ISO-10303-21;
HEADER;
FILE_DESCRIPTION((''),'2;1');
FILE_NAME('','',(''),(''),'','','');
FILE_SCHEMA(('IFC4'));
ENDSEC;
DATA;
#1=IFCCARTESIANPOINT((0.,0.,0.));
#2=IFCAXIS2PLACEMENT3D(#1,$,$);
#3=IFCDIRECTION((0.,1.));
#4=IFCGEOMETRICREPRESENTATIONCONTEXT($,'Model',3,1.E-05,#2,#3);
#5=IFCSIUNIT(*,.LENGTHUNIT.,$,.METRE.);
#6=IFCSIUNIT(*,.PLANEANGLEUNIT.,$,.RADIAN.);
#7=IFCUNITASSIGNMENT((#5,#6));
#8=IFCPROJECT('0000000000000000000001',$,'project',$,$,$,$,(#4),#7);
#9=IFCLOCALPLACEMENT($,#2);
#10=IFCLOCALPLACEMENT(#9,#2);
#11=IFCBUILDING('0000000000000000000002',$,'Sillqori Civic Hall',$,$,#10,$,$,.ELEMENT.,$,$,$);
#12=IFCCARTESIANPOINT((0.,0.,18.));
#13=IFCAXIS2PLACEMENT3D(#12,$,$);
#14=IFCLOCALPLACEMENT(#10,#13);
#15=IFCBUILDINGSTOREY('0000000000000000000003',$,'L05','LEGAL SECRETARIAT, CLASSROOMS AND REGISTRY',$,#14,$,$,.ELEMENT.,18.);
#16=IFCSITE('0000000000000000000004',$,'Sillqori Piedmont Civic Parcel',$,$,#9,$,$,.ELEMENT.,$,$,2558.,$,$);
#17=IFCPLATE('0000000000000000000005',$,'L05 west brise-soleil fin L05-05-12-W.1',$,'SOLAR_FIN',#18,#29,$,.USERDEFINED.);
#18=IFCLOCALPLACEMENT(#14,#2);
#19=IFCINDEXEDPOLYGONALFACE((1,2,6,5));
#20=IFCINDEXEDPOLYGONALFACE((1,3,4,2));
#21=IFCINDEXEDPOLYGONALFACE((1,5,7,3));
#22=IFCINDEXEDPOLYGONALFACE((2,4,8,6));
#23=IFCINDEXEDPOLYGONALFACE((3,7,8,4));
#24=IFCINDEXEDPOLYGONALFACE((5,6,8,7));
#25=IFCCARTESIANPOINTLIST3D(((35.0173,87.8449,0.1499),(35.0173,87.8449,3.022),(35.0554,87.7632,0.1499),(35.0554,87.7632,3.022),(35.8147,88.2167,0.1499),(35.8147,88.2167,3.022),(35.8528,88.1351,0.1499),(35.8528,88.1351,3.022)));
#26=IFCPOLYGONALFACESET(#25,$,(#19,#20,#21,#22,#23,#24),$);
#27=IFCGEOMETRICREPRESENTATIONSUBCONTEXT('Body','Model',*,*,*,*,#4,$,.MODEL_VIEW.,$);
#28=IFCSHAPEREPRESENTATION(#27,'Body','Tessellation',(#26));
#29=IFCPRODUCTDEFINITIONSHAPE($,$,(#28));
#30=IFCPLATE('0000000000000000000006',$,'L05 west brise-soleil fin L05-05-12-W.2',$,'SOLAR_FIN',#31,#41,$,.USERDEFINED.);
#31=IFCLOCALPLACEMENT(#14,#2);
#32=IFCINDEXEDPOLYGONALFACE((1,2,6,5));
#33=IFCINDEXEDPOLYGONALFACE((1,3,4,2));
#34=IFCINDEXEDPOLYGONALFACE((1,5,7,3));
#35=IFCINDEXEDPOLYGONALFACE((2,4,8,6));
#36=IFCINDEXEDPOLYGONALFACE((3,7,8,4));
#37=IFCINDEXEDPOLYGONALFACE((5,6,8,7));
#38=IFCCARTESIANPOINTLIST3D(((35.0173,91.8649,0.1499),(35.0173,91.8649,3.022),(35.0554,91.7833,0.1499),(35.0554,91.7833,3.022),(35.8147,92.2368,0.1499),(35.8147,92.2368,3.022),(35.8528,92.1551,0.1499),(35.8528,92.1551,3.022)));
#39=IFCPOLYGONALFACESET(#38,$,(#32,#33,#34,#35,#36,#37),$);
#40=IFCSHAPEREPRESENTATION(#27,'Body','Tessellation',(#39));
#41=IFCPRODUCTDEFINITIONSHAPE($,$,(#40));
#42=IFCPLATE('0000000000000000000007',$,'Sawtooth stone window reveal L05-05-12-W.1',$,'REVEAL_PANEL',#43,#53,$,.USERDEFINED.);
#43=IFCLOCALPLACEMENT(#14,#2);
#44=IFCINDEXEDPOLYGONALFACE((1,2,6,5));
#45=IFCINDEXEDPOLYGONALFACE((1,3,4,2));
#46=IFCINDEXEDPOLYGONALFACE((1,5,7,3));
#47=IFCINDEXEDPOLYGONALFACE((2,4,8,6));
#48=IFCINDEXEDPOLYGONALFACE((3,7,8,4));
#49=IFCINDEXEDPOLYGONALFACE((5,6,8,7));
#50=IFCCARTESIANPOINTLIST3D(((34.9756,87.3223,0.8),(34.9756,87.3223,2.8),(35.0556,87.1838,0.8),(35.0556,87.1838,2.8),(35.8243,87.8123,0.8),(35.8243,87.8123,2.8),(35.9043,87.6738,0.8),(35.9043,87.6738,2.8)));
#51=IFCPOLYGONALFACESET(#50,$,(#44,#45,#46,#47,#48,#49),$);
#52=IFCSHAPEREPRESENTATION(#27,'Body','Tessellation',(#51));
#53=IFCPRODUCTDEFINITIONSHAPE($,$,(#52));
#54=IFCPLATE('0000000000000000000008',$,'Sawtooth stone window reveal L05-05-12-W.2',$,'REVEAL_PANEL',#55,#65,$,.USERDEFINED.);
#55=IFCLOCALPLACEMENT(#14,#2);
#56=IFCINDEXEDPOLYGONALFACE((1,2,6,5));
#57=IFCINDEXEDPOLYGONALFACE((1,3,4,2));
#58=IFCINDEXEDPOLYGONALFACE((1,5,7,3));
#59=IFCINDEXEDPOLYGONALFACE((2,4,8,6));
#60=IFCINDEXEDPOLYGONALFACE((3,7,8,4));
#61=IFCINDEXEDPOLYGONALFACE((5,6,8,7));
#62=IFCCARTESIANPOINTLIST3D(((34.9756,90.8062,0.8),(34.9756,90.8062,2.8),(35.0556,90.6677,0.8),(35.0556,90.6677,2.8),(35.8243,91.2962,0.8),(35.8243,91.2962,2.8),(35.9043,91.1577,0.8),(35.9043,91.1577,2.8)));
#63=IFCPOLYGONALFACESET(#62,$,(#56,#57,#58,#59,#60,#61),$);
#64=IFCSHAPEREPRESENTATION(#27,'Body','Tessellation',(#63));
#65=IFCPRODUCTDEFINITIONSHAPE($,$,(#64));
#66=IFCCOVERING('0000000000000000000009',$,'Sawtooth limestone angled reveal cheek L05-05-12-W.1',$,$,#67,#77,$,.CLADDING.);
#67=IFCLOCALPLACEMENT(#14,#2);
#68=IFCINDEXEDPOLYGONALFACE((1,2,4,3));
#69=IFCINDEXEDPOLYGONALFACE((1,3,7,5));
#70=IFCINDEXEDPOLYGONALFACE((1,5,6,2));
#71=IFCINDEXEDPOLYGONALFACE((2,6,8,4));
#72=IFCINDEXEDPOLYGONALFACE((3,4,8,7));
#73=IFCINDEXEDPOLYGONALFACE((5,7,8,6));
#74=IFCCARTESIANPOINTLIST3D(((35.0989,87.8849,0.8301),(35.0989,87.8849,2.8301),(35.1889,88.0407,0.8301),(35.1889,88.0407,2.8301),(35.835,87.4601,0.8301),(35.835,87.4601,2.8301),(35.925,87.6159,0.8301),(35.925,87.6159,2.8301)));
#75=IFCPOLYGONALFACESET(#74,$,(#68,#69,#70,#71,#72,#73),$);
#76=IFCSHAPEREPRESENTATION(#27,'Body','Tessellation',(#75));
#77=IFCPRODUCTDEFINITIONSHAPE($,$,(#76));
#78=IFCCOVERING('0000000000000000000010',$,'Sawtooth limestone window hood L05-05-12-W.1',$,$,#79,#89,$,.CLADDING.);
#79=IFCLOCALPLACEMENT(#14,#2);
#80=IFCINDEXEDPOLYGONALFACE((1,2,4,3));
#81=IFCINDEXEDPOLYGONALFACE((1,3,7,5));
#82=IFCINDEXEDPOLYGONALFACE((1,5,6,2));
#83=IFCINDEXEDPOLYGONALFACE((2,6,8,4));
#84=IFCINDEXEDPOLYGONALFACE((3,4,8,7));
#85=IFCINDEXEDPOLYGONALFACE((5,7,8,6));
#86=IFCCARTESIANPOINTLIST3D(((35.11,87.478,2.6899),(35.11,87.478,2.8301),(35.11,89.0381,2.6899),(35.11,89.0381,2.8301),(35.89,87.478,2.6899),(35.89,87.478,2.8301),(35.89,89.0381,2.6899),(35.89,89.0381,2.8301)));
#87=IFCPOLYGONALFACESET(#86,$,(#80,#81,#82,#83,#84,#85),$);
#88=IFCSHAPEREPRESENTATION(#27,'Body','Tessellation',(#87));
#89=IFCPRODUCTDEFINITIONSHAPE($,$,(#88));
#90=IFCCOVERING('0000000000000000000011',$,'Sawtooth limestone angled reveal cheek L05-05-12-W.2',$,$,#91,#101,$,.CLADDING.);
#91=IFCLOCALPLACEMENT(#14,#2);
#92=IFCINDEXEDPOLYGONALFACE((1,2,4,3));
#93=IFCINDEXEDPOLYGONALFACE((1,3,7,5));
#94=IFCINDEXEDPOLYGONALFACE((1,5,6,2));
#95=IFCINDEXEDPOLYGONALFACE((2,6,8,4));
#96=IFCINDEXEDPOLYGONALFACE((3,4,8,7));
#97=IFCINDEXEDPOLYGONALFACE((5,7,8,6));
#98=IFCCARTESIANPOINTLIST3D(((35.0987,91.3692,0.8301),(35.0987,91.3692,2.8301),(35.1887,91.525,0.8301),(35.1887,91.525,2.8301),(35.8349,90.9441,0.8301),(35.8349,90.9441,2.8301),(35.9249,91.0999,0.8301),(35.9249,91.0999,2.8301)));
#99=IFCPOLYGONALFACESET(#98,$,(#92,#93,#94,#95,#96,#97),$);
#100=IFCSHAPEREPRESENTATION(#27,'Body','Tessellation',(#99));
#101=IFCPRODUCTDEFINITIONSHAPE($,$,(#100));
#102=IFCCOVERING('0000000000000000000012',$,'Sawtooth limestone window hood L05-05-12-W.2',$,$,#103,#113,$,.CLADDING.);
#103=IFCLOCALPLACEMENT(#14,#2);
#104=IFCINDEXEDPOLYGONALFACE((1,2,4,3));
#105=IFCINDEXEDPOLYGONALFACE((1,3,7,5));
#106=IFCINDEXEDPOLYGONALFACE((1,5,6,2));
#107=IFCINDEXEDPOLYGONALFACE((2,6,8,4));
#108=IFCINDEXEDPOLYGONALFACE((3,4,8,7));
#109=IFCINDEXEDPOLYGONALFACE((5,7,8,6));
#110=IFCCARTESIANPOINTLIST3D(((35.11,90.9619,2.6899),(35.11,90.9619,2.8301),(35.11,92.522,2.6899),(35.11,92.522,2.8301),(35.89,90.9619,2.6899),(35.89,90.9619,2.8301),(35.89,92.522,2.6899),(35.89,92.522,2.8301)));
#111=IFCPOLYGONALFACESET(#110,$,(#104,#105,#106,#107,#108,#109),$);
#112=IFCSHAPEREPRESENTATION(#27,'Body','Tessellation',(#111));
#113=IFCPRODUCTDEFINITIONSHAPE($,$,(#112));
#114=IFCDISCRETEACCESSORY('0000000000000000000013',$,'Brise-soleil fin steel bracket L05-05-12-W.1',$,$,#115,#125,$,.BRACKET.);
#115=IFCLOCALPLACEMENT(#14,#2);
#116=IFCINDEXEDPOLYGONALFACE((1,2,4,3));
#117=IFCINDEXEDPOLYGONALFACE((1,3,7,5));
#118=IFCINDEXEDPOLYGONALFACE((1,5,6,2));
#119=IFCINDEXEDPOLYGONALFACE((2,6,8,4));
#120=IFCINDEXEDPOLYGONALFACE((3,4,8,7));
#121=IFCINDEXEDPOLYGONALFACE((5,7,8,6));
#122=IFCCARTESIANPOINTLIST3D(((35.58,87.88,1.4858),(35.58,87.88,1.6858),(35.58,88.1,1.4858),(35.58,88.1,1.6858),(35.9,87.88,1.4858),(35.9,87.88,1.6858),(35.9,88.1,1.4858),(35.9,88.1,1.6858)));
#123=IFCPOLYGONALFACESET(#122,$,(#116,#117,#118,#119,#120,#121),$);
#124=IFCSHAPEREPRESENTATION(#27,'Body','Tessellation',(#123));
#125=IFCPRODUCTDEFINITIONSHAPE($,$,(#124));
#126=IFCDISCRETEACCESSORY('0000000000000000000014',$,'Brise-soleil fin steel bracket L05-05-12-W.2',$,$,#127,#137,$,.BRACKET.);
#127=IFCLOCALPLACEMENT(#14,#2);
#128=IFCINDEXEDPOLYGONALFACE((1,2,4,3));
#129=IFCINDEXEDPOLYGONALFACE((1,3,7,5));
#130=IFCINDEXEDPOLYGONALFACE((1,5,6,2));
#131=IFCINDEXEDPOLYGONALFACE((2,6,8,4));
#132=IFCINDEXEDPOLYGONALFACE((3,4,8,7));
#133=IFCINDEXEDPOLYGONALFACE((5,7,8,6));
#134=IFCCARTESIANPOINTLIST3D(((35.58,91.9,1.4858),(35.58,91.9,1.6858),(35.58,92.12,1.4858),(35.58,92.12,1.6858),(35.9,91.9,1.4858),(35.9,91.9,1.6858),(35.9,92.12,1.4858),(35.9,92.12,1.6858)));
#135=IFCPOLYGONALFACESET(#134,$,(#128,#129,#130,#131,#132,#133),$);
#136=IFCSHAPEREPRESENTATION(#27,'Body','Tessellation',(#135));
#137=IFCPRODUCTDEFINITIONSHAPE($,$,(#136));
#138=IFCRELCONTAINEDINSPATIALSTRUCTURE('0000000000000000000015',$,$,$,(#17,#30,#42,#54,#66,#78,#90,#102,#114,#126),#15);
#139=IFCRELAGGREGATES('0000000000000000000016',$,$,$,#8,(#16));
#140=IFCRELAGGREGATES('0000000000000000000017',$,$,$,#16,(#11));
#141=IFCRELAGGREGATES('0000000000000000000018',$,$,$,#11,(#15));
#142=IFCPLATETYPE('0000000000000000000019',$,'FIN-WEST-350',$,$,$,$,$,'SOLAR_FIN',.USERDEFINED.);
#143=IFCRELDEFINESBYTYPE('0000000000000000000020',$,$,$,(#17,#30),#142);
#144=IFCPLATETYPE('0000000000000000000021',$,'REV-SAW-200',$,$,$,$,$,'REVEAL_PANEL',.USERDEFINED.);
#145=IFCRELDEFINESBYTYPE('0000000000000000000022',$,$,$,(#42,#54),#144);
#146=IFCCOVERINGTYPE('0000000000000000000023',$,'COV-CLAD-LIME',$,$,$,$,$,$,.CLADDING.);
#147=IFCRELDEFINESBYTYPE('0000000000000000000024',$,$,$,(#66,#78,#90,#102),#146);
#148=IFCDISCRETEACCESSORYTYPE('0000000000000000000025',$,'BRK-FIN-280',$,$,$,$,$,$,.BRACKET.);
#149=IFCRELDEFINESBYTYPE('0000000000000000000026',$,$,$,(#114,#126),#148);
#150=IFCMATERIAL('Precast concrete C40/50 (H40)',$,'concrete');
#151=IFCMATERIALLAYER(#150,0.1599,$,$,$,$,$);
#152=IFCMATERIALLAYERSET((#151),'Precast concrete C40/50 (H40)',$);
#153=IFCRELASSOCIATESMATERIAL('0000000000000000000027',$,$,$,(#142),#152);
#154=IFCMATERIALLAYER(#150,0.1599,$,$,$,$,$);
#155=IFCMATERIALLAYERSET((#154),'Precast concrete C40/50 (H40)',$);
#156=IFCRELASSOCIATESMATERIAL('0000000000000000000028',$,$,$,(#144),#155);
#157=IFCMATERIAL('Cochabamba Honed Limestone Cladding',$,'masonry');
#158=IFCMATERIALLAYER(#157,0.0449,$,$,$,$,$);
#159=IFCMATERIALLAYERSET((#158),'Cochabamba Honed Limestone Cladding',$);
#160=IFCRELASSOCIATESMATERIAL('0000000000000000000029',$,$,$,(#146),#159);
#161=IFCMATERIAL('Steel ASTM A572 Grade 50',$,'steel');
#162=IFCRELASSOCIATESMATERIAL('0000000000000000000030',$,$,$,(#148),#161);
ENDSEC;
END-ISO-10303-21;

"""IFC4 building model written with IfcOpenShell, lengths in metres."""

from ifc_helpers import new_model, si_unit, direction, frame, frame_2d, origin, origin_2d, place, context, subcontext, project, spatial, rectangle, extrude, material, layer, layer_set, type_object, element, save


model = new_model("IFC4")

# Units and contexts
model_context = context("Model", 3, precision=1e-05, world=origin(), true_north=direction((0.0, 1.0)))
body_context = subcontext(model_context, "Body", "Model", "MODEL_VIEW")
ifc_project = project(units=[si_unit("LENGTHUNIT", "METRE"), si_unit("PLANEANGLEUNIT", "RADIAN")], contexts=[model_context])

# Site, building, storey
site_placement = place(None, origin())
site = spatial("IfcSite", under=ifc_project, at=site_placement, Name="Sillqori Piedmont Civic Parcel", CompositionType="ELEMENT", RefElevation=2558.0)
building_placement = place(site_placement, origin())
building = spatial("IfcBuilding", under=site, at=building_placement, Name="Sillqori Civic Hall", CompositionType="ELEMENT")
storey_placement = place(building_placement, frame((0.0, 0.0, 18.0)))
storey = spatial("IfcBuildingStorey", under=building, at=storey_placement, Name="L05", Description="LEGAL SECRETARIAT, CLASSROOMS AND REGISTRY", CompositionType="ELEMENT", Elevation=18.0)

# Plates
ifc_material_1 = material(Name="Precast concrete C40/50 (H40)", Category="concrete")
ifc_layer_1 = layer(ifc_material_1, 0.1599)
ifc_layer_set_1 = layer_set([ifc_layer_1], Name="Precast concrete C40/50 (H40)")
plate_type_1 = type_object("IfcPlateType", Name="FIN-WEST-350", ElementType="SOLAR_FIN", PredefinedType="USERDEFINED", material=ifc_layer_set_1)
for number, where, z_axis, x_axis, name in (
    (1, (35.4351, 87.99, 0.1499), (0.0, 0.0, 1.0), (-0.422618, 0.906308, 0.0), "L05 west brise-soleil fin L05-05-12-W.1"),
    (2, (35.4351, 92.01, 0.1499), (0.0, 0.0, 1.0), (-0.422618, 0.906308, 0.0), "L05 west brise-soleil fin L05-05-12-W.2"),
):
    element("IfcPlate", number, at=place(storey_placement, frame(where, z_axis=z_axis, x_axis=x_axis)), inside=storey, type_object=plate_type_1, Name=name, ObjectType="SOLAR_FIN", PredefinedType="USERDEFINED", context=body_context, shape_type="SweptSolid", body=[
        extrude(rectangle(XDim=0.0901, YDim=0.8799, at=origin_2d()), origin(), (0.0, 0.0, 1.0), 2.8721),
    ])
ifc_layer_2 = layer(ifc_material_1, 0.1599)
ifc_layer_set_2 = layer_set([ifc_layer_2], Name="Precast concrete C40/50 (H40)")
plate_type_2 = type_object("IfcPlateType", Name="REV-SAW-200", ElementType="REVEAL_PANEL", PredefinedType="USERDEFINED", material=ifc_layer_set_2)
for number, where, z_axis, x_axis, name in (
    (3, (35.4399, 87.498, 0.8), (0.0, 0.0, 1.0), (-0.5, 0.866025, 0.0), "Sawtooth stone window reveal L05-05-12-W.1"),
    (4, (35.4399, 90.9819, 0.8), (0.0, 0.0, 1.0), (-0.5, 0.866025, 0.0), "Sawtooth stone window reveal L05-05-12-W.2"),
):
    element("IfcPlate", number, at=place(storey_placement, frame(where, z_axis=z_axis, x_axis=x_axis)), inside=storey, type_object=plate_type_2, Name=name, ObjectType="REVEAL_PANEL", PredefinedType="USERDEFINED", context=body_context, shape_type="SweptSolid", body=[
        extrude(rectangle(XDim=0.1599, YDim=0.98, at=origin_2d()), origin(), (0.0, 0.0, 1.0), 2.0),
    ])

# Coverings
ifc_material_2 = material(Name="Cochabamba Honed Limestone Cladding", Category="masonry")
ifc_layer_3 = layer(ifc_material_2, 0.0449)
ifc_layer_set_3 = layer_set([ifc_layer_3], Name="Cochabamba Honed Limestone Cladding")
covering_type = type_object("IfcCoveringType", Name="COV-CLAD-LIME", PredefinedType="CLADDING", material=ifc_layer_set_3)
covering_1_placement = place(storey_placement, frame((35.8799, 87.5381, 0.8301), z_axis=(0.0, 0.0, 1.0), x_axis=(-0.866114, 0.499847, 0.0)))
element("IfcCovering", 5, at=covering_1_placement, inside=storey, type_object=covering_type, Name="Sawtooth limestone angled reveal cheek L05-05-12-W.1", PredefinedType="CLADDING", context=body_context, shape_type="SweptSolid", body=[
    extrude(rectangle(XDim=0.8499, YDim=0.1799, at=frame_2d((0.4248, 0.0))), origin(), (0.0, 0.0, 1.0), 2.0),
])
covering_2_placement = place(storey_placement, frame((35.5, 87.478, 2.6899), z_axis=(0.0, 0.0, 1.0), x_axis=(0.0, 1.0, 0.0)))
element("IfcCovering", 6, at=covering_2_placement, inside=storey, type_object=covering_type, Name="Sawtooth limestone window hood L05-05-12-W.1", PredefinedType="CLADDING", context=body_context, shape_type="SweptSolid", body=[
    extrude(rectangle(XDim=1.5601, YDim=0.78, at=frame_2d((0.78, 0.0))), origin(), (0.0, 0.0, 1.0), 0.1401),
])
covering_3_placement = place(storey_placement, frame((35.8799, 91.022, 0.8301), z_axis=(0.0, 0.0, 1.0), x_axis=(-0.865989, 0.500062, 0.0)))
element("IfcCovering", 7, at=covering_3_placement, inside=storey, type_object=covering_type, Name="Sawtooth limestone angled reveal cheek L05-05-12-W.2", PredefinedType="CLADDING", context=body_context, shape_type="SweptSolid", body=[
    extrude(rectangle(XDim=0.8501, YDim=0.1799, at=frame_2d((0.425, 0.0))), origin(), (0.0, 0.0, 1.0), 2.0),
])
covering_4_placement = place(storey_placement, frame((35.5, 90.9619, 2.6899), z_axis=(0.0, 0.0, 1.0), x_axis=(0.0, 1.0, 0.0)))
element("IfcCovering", 8, at=covering_4_placement, inside=storey, type_object=covering_type, Name="Sawtooth limestone window hood L05-05-12-W.2", PredefinedType="CLADDING", context=body_context, shape_type="SweptSolid", body=[
    extrude(rectangle(XDim=1.5601, YDim=0.78, at=frame_2d((0.78, 0.0))), origin(), (0.0, 0.0, 1.0), 0.1401),
])

# Discrete accessories
ifc_material_3 = material(Name="Steel ASTM A572 Grade 50", Category="steel")
discrete_accessory_type = type_object("IfcDiscreteAccessoryType", Name="BRK-FIN-280", PredefinedType="BRACKET", material=ifc_material_3)
for number, where, z_axis, x_axis, name in (
    (9, (35.74, 87.99, 1.4858), (0.0, 0.0, 1.0), (0.0, 1.0, 0.0), "Brise-soleil fin steel bracket L05-05-12-W.1"),
    (10, (35.74, 92.01, 1.4858), (0.0, 0.0, 1.0), (0.0, 1.0, 0.0), "Brise-soleil fin steel bracket L05-05-12-W.2"),
):
    element("IfcDiscreteAccessory", number, at=place(storey_placement, frame(where, z_axis=z_axis, x_axis=x_axis)), inside=storey, type_object=discrete_accessory_type, Name=name, PredefinedType="BRACKET", context=body_context, shape_type="SweptSolid", body=[
        extrude(rectangle(XDim=0.22, YDim=0.3201, at=origin_2d()), origin(), (0.0, 0.0, 1.0), 0.2),
    ])

save(model, "model.ifc")
